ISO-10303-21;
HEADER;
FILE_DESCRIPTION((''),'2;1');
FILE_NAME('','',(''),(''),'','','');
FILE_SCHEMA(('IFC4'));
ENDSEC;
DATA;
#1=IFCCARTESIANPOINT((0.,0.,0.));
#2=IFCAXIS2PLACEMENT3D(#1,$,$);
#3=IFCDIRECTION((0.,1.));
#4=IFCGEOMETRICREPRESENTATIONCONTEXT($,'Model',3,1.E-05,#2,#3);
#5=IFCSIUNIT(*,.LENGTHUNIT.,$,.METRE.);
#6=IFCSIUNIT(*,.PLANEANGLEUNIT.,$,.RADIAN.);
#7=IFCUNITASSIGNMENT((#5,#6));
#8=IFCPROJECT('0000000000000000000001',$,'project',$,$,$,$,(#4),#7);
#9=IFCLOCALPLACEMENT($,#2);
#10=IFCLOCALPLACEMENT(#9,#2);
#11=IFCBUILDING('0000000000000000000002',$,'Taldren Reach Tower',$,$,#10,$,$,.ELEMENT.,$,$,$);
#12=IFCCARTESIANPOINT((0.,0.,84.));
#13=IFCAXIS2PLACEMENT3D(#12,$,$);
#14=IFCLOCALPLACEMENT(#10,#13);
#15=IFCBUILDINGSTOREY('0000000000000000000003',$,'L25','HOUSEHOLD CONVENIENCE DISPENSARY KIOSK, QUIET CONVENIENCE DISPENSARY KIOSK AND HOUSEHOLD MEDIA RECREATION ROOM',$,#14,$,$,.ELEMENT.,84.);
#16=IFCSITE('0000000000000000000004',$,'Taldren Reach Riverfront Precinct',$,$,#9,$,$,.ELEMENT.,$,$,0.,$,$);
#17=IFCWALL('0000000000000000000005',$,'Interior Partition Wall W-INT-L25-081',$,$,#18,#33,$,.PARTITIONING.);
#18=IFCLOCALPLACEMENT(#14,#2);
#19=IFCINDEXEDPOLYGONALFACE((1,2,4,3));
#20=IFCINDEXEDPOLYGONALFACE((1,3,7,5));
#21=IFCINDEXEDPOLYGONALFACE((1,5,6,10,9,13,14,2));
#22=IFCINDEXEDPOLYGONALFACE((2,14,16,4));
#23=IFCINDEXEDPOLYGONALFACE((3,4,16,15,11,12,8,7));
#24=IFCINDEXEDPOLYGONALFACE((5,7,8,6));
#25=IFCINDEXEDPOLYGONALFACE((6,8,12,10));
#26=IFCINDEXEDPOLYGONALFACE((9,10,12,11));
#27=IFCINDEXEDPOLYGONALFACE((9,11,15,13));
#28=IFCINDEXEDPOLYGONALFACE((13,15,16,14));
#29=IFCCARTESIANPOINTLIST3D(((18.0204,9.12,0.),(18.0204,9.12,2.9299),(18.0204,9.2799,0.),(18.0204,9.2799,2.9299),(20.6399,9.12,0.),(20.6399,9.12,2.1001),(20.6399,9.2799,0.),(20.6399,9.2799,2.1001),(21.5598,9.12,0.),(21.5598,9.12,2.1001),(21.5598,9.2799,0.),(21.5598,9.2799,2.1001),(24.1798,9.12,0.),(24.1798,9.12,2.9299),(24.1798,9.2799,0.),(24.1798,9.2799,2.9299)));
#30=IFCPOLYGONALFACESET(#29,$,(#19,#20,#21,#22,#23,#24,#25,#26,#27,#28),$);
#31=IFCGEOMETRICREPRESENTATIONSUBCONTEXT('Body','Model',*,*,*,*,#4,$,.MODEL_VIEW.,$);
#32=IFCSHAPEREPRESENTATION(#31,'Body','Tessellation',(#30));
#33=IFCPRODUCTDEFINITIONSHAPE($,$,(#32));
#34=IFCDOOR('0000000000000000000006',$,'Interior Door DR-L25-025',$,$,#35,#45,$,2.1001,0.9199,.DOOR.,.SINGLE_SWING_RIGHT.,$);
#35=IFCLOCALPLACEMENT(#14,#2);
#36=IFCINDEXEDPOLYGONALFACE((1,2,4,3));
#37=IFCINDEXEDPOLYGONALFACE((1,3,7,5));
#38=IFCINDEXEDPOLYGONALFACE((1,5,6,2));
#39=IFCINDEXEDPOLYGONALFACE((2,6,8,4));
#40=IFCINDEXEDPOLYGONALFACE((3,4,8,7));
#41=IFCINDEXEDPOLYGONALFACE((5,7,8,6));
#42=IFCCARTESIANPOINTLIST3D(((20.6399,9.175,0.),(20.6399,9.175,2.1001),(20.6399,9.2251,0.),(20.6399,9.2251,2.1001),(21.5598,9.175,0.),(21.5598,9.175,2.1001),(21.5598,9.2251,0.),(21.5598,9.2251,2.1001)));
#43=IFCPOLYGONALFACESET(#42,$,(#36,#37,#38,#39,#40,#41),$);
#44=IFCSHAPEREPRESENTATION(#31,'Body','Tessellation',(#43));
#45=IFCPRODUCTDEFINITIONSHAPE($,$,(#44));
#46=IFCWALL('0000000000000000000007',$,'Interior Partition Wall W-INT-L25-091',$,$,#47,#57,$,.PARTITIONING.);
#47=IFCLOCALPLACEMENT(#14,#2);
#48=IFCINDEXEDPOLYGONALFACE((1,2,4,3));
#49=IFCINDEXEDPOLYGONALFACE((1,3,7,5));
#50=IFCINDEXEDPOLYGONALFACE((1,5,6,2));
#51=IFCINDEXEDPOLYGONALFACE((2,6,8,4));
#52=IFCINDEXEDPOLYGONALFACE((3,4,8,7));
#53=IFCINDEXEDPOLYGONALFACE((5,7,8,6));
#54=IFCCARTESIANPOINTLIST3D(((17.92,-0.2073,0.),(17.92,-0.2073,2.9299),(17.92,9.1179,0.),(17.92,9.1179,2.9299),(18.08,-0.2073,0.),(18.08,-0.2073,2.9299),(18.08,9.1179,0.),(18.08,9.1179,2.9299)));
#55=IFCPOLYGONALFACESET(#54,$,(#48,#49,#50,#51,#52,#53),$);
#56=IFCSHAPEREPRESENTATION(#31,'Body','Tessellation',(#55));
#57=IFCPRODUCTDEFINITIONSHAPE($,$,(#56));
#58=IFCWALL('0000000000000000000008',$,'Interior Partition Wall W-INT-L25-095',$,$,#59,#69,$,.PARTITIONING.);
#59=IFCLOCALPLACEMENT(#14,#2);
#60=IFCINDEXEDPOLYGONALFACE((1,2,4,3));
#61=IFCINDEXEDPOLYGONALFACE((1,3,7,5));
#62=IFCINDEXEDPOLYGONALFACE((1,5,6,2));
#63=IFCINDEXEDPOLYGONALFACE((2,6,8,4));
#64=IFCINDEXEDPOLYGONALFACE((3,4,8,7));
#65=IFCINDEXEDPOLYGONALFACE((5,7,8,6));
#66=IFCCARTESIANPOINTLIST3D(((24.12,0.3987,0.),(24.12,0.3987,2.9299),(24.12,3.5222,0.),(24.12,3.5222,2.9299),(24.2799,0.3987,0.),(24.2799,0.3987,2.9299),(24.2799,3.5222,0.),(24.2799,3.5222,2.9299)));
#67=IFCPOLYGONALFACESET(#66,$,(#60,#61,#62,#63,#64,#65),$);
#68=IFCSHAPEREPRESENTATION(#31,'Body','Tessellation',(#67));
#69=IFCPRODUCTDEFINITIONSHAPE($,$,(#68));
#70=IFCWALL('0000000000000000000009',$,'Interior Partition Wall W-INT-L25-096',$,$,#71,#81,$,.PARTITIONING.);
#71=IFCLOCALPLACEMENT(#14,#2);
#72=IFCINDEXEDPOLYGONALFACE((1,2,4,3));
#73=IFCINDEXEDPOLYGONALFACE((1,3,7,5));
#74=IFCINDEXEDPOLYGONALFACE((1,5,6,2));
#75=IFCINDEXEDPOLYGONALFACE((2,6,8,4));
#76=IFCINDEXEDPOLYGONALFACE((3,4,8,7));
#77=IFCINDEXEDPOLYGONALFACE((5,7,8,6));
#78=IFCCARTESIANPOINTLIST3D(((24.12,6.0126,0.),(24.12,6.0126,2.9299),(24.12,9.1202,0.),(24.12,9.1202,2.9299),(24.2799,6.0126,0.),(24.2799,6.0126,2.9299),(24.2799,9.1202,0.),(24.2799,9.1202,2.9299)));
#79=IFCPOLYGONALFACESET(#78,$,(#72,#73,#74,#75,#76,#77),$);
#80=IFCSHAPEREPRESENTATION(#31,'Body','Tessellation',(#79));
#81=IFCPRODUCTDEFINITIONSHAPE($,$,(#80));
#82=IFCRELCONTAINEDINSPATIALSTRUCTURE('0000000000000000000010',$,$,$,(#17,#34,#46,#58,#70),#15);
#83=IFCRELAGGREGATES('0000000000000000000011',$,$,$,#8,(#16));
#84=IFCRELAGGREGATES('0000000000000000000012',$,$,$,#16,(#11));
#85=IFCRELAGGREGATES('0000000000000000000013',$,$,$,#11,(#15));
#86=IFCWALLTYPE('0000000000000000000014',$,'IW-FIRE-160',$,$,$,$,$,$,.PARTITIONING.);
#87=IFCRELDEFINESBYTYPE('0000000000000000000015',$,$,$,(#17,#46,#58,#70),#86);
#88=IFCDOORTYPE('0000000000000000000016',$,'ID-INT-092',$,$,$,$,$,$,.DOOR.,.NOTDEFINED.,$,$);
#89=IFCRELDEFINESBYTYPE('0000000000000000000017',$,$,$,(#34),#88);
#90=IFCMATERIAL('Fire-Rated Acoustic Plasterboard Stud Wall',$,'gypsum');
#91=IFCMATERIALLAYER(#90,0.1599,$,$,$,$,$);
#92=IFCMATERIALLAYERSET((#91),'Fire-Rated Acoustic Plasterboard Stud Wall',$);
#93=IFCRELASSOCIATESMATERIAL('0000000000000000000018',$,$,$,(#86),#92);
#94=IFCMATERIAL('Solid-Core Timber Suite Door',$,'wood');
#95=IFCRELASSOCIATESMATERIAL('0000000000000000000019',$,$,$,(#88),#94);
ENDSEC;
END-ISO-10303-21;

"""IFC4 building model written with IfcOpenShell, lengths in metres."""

from ifc_helpers import new_model, si_unit, direction, frame, frame_2d, origin, place, context, subcontext, project, spatial, rectangle, extrude, source, transform, mapped, material, layer, layer_set, type_object, element, fill, save


model = new_model("IFC4")

# Units and contexts
model_context = context("Model", 3, precision=1e-05, world=origin(), true_north=direction((0.0, 1.0)))
body_context = subcontext(model_context, "Body", "Model", "MODEL_VIEW")
ifc_project = project(units=[si_unit("LENGTHUNIT", "METRE"), si_unit("PLANEANGLEUNIT", "RADIAN")], contexts=[model_context])

# Site, building, storey
site_placement = place(None, origin())
site = spatial("IfcSite", under=ifc_project, at=site_placement, Name="Taldren Reach Riverfront Precinct", CompositionType="ELEMENT", RefElevation=0.0)
building_placement = place(site_placement, origin())
building = spatial("IfcBuilding", under=site, at=building_placement, Name="Taldren Reach Tower", CompositionType="ELEMENT")
storey_placement = place(building_placement, frame((0.0, 0.0, 84.0)))
storey = spatial("IfcBuildingStorey", under=building, at=storey_placement, Name="L25", Description="HOUSEHOLD CONVENIENCE DISPENSARY KIOSK, QUIET CONVENIENCE DISPENSARY KIOSK AND HOUSEHOLD MEDIA RECREATION ROOM", CompositionType="ELEMENT", Elevation=84.0)

# Shared definitions
ifc_material_1 = material(Name="Fire-Rated Acoustic Plasterboard Stud Wall", Category="gypsum")
ifc_layer_1 = layer(ifc_material_1, 0.1599)
ifc_layer_set_1 = layer_set([ifc_layer_1], Name="Fire-Rated Acoustic Plasterboard Stud Wall")
wall_type_1 = type_object("IfcWallType", Name="IW-FIRE-160", PredefinedType="PARTITIONING", material=ifc_layer_set_1)

# Shared definitions
ifc_material_2 = material(Name="Solid-Core Timber Suite Door", Category="wood")
door_type_1 = type_object("IfcDoorType", Name="ID-INT-092", OperationType="NOTDEFINED", PredefinedType="DOOR", material=ifc_material_2)
shared_shape_1 = source(origin(), body_context, "Body", "SweptSolid", [
    extrude(rectangle(XDim=0.9199, YDim=2.1001, at=frame_2d((0.46, 1.05))), frame((0.0, 0.0249, 0.0), z_axis=(0.0, -1.0, 0.0), x_axis=(1.0, 0.0, 0.0)), (0.0, 0.0, 1.0), 0.05),
])

# Wall, opening, door
shared_shape_2 = source(origin(), body_context, "Body", "SweptSolid", [
    extrude(rectangle(XDim=6.1594, YDim=0.1599, at=frame_2d((3.0796, 0.0))), origin(), (0.0, 0.0, 1.0), 2.9299),
])
wall_1_placement = place(storey_placement, frame((24.1797, 9.2, 0.0), z_axis=(0.0, 0.0, 1.0), x_axis=(-1.0, 0.0, 0.0)))
wall_1 = element("IfcWall", 1, at=wall_1_placement, inside=storey, type_object=wall_type_1, Name="Interior Partition Wall W-INT-L25-081", PredefinedType="PARTITIONING", context=body_context, shape_type="MappedRepresentation", body=[
    mapped(shared_shape_2, transform((0.0, 0.0, 0.0), scale=1.0)),
])
shared_shape_3 = source(origin(), body_context, "Body", "SweptSolid", [
    extrude(rectangle(XDim=0.9199, YDim=2.1001, at=frame_2d((0.46, 1.05))), frame((0.0, 0.0898, 0.0), z_axis=(0.0, -1.0, 0.0), x_axis=(1.0, 0.0, 0.0)), (0.0, 0.0, 1.0), 0.1799),
])
opening_1_placement = place(wall_1_placement, frame((2.6199, 0.0, 0.0)))
opening_1 = element("IfcOpeningElement", 2, at=opening_1_placement, cuts=wall_1, PredefinedType="OPENING", context=body_context, shape_type="MappedRepresentation", body=[
    mapped(shared_shape_3, transform((0.0, 0.0, 0.0), scale=1.0)),
])
door_1_placement = place(opening_1_placement, origin())
door_1 = element("IfcDoor", 3, at=door_1_placement, inside=storey, type_object=door_type_1, Name="Interior Door DR-L25-025", OperationType="SINGLE_SWING_RIGHT", OverallHeight=2.1001, OverallWidth=0.9199, PredefinedType="DOOR", context=body_context, shape_type="MappedRepresentation", body=[
    mapped(shared_shape_1, transform((0.0, 0.0, 0.0), scale=1.0)),
])
fill(opening_1, door_1)

# Walls
shared_shape_4 = source(origin(), body_context, "Body", "SweptSolid", [
    extrude(rectangle(XDim=9.3252, YDim=0.1599, at=frame_2d((4.6626, 0.0))), origin(), (0.0, 0.0, 1.0), 2.9299),
])
wall_2_placement = place(storey_placement, frame((18.0, 9.1179, 0.0), z_axis=(0.0, 0.0, 1.0), x_axis=(0.0, -1.0, 0.0)))
element("IfcWall", 4, at=wall_2_placement, inside=storey, type_object=wall_type_1, Name="Interior Partition Wall W-INT-L25-091", PredefinedType="PARTITIONING", context=body_context, shape_type="MappedRepresentation", body=[
    mapped(shared_shape_4, transform((0.0, 0.0, 0.0), scale=1.0)),
])
shared_shape_5 = source(origin(), body_context, "Body", "SweptSolid", [
    extrude(rectangle(XDim=3.1235, YDim=0.1599, at=frame_2d((1.5618, 0.0))), origin(), (0.0, 0.0, 1.0), 2.9299),
])
wall_3_placement = place(storey_placement, frame((24.2, 3.5222, 0.0), z_axis=(0.0, 0.0, 1.0), x_axis=(0.0, -1.0, 0.0)))
element("IfcWall", 5, at=wall_3_placement, inside=storey, type_object=wall_type_1, Name="Interior Partition Wall W-INT-L25-095", PredefinedType="PARTITIONING", context=body_context, shape_type="MappedRepresentation", body=[
    mapped(shared_shape_5, transform((0.0, 0.0, 0.0), scale=1.0)),
])
shared_shape_6 = source(origin(), body_context, "Body", "SweptSolid", [
    extrude(rectangle(XDim=3.1077, YDim=0.1599, at=frame_2d((1.5537, 0.0))), origin(), (0.0, 0.0, 1.0), 2.9299),
])
wall_4_placement = place(storey_placement, frame((24.2, 9.1201, 0.0), z_axis=(0.0, 0.0, 1.0), x_axis=(0.0, -1.0, 0.0)))
element("IfcWall", 6, at=wall_4_placement, inside=storey, type_object=wall_type_1, Name="Interior Partition Wall W-INT-L25-096", PredefinedType="PARTITIONING", context=body_context, shape_type="MappedRepresentation", body=[
    mapped(shared_shape_6, transform((0.0, 0.0, 0.0), scale=1.0)),
])

save(model, "model.ifc")
